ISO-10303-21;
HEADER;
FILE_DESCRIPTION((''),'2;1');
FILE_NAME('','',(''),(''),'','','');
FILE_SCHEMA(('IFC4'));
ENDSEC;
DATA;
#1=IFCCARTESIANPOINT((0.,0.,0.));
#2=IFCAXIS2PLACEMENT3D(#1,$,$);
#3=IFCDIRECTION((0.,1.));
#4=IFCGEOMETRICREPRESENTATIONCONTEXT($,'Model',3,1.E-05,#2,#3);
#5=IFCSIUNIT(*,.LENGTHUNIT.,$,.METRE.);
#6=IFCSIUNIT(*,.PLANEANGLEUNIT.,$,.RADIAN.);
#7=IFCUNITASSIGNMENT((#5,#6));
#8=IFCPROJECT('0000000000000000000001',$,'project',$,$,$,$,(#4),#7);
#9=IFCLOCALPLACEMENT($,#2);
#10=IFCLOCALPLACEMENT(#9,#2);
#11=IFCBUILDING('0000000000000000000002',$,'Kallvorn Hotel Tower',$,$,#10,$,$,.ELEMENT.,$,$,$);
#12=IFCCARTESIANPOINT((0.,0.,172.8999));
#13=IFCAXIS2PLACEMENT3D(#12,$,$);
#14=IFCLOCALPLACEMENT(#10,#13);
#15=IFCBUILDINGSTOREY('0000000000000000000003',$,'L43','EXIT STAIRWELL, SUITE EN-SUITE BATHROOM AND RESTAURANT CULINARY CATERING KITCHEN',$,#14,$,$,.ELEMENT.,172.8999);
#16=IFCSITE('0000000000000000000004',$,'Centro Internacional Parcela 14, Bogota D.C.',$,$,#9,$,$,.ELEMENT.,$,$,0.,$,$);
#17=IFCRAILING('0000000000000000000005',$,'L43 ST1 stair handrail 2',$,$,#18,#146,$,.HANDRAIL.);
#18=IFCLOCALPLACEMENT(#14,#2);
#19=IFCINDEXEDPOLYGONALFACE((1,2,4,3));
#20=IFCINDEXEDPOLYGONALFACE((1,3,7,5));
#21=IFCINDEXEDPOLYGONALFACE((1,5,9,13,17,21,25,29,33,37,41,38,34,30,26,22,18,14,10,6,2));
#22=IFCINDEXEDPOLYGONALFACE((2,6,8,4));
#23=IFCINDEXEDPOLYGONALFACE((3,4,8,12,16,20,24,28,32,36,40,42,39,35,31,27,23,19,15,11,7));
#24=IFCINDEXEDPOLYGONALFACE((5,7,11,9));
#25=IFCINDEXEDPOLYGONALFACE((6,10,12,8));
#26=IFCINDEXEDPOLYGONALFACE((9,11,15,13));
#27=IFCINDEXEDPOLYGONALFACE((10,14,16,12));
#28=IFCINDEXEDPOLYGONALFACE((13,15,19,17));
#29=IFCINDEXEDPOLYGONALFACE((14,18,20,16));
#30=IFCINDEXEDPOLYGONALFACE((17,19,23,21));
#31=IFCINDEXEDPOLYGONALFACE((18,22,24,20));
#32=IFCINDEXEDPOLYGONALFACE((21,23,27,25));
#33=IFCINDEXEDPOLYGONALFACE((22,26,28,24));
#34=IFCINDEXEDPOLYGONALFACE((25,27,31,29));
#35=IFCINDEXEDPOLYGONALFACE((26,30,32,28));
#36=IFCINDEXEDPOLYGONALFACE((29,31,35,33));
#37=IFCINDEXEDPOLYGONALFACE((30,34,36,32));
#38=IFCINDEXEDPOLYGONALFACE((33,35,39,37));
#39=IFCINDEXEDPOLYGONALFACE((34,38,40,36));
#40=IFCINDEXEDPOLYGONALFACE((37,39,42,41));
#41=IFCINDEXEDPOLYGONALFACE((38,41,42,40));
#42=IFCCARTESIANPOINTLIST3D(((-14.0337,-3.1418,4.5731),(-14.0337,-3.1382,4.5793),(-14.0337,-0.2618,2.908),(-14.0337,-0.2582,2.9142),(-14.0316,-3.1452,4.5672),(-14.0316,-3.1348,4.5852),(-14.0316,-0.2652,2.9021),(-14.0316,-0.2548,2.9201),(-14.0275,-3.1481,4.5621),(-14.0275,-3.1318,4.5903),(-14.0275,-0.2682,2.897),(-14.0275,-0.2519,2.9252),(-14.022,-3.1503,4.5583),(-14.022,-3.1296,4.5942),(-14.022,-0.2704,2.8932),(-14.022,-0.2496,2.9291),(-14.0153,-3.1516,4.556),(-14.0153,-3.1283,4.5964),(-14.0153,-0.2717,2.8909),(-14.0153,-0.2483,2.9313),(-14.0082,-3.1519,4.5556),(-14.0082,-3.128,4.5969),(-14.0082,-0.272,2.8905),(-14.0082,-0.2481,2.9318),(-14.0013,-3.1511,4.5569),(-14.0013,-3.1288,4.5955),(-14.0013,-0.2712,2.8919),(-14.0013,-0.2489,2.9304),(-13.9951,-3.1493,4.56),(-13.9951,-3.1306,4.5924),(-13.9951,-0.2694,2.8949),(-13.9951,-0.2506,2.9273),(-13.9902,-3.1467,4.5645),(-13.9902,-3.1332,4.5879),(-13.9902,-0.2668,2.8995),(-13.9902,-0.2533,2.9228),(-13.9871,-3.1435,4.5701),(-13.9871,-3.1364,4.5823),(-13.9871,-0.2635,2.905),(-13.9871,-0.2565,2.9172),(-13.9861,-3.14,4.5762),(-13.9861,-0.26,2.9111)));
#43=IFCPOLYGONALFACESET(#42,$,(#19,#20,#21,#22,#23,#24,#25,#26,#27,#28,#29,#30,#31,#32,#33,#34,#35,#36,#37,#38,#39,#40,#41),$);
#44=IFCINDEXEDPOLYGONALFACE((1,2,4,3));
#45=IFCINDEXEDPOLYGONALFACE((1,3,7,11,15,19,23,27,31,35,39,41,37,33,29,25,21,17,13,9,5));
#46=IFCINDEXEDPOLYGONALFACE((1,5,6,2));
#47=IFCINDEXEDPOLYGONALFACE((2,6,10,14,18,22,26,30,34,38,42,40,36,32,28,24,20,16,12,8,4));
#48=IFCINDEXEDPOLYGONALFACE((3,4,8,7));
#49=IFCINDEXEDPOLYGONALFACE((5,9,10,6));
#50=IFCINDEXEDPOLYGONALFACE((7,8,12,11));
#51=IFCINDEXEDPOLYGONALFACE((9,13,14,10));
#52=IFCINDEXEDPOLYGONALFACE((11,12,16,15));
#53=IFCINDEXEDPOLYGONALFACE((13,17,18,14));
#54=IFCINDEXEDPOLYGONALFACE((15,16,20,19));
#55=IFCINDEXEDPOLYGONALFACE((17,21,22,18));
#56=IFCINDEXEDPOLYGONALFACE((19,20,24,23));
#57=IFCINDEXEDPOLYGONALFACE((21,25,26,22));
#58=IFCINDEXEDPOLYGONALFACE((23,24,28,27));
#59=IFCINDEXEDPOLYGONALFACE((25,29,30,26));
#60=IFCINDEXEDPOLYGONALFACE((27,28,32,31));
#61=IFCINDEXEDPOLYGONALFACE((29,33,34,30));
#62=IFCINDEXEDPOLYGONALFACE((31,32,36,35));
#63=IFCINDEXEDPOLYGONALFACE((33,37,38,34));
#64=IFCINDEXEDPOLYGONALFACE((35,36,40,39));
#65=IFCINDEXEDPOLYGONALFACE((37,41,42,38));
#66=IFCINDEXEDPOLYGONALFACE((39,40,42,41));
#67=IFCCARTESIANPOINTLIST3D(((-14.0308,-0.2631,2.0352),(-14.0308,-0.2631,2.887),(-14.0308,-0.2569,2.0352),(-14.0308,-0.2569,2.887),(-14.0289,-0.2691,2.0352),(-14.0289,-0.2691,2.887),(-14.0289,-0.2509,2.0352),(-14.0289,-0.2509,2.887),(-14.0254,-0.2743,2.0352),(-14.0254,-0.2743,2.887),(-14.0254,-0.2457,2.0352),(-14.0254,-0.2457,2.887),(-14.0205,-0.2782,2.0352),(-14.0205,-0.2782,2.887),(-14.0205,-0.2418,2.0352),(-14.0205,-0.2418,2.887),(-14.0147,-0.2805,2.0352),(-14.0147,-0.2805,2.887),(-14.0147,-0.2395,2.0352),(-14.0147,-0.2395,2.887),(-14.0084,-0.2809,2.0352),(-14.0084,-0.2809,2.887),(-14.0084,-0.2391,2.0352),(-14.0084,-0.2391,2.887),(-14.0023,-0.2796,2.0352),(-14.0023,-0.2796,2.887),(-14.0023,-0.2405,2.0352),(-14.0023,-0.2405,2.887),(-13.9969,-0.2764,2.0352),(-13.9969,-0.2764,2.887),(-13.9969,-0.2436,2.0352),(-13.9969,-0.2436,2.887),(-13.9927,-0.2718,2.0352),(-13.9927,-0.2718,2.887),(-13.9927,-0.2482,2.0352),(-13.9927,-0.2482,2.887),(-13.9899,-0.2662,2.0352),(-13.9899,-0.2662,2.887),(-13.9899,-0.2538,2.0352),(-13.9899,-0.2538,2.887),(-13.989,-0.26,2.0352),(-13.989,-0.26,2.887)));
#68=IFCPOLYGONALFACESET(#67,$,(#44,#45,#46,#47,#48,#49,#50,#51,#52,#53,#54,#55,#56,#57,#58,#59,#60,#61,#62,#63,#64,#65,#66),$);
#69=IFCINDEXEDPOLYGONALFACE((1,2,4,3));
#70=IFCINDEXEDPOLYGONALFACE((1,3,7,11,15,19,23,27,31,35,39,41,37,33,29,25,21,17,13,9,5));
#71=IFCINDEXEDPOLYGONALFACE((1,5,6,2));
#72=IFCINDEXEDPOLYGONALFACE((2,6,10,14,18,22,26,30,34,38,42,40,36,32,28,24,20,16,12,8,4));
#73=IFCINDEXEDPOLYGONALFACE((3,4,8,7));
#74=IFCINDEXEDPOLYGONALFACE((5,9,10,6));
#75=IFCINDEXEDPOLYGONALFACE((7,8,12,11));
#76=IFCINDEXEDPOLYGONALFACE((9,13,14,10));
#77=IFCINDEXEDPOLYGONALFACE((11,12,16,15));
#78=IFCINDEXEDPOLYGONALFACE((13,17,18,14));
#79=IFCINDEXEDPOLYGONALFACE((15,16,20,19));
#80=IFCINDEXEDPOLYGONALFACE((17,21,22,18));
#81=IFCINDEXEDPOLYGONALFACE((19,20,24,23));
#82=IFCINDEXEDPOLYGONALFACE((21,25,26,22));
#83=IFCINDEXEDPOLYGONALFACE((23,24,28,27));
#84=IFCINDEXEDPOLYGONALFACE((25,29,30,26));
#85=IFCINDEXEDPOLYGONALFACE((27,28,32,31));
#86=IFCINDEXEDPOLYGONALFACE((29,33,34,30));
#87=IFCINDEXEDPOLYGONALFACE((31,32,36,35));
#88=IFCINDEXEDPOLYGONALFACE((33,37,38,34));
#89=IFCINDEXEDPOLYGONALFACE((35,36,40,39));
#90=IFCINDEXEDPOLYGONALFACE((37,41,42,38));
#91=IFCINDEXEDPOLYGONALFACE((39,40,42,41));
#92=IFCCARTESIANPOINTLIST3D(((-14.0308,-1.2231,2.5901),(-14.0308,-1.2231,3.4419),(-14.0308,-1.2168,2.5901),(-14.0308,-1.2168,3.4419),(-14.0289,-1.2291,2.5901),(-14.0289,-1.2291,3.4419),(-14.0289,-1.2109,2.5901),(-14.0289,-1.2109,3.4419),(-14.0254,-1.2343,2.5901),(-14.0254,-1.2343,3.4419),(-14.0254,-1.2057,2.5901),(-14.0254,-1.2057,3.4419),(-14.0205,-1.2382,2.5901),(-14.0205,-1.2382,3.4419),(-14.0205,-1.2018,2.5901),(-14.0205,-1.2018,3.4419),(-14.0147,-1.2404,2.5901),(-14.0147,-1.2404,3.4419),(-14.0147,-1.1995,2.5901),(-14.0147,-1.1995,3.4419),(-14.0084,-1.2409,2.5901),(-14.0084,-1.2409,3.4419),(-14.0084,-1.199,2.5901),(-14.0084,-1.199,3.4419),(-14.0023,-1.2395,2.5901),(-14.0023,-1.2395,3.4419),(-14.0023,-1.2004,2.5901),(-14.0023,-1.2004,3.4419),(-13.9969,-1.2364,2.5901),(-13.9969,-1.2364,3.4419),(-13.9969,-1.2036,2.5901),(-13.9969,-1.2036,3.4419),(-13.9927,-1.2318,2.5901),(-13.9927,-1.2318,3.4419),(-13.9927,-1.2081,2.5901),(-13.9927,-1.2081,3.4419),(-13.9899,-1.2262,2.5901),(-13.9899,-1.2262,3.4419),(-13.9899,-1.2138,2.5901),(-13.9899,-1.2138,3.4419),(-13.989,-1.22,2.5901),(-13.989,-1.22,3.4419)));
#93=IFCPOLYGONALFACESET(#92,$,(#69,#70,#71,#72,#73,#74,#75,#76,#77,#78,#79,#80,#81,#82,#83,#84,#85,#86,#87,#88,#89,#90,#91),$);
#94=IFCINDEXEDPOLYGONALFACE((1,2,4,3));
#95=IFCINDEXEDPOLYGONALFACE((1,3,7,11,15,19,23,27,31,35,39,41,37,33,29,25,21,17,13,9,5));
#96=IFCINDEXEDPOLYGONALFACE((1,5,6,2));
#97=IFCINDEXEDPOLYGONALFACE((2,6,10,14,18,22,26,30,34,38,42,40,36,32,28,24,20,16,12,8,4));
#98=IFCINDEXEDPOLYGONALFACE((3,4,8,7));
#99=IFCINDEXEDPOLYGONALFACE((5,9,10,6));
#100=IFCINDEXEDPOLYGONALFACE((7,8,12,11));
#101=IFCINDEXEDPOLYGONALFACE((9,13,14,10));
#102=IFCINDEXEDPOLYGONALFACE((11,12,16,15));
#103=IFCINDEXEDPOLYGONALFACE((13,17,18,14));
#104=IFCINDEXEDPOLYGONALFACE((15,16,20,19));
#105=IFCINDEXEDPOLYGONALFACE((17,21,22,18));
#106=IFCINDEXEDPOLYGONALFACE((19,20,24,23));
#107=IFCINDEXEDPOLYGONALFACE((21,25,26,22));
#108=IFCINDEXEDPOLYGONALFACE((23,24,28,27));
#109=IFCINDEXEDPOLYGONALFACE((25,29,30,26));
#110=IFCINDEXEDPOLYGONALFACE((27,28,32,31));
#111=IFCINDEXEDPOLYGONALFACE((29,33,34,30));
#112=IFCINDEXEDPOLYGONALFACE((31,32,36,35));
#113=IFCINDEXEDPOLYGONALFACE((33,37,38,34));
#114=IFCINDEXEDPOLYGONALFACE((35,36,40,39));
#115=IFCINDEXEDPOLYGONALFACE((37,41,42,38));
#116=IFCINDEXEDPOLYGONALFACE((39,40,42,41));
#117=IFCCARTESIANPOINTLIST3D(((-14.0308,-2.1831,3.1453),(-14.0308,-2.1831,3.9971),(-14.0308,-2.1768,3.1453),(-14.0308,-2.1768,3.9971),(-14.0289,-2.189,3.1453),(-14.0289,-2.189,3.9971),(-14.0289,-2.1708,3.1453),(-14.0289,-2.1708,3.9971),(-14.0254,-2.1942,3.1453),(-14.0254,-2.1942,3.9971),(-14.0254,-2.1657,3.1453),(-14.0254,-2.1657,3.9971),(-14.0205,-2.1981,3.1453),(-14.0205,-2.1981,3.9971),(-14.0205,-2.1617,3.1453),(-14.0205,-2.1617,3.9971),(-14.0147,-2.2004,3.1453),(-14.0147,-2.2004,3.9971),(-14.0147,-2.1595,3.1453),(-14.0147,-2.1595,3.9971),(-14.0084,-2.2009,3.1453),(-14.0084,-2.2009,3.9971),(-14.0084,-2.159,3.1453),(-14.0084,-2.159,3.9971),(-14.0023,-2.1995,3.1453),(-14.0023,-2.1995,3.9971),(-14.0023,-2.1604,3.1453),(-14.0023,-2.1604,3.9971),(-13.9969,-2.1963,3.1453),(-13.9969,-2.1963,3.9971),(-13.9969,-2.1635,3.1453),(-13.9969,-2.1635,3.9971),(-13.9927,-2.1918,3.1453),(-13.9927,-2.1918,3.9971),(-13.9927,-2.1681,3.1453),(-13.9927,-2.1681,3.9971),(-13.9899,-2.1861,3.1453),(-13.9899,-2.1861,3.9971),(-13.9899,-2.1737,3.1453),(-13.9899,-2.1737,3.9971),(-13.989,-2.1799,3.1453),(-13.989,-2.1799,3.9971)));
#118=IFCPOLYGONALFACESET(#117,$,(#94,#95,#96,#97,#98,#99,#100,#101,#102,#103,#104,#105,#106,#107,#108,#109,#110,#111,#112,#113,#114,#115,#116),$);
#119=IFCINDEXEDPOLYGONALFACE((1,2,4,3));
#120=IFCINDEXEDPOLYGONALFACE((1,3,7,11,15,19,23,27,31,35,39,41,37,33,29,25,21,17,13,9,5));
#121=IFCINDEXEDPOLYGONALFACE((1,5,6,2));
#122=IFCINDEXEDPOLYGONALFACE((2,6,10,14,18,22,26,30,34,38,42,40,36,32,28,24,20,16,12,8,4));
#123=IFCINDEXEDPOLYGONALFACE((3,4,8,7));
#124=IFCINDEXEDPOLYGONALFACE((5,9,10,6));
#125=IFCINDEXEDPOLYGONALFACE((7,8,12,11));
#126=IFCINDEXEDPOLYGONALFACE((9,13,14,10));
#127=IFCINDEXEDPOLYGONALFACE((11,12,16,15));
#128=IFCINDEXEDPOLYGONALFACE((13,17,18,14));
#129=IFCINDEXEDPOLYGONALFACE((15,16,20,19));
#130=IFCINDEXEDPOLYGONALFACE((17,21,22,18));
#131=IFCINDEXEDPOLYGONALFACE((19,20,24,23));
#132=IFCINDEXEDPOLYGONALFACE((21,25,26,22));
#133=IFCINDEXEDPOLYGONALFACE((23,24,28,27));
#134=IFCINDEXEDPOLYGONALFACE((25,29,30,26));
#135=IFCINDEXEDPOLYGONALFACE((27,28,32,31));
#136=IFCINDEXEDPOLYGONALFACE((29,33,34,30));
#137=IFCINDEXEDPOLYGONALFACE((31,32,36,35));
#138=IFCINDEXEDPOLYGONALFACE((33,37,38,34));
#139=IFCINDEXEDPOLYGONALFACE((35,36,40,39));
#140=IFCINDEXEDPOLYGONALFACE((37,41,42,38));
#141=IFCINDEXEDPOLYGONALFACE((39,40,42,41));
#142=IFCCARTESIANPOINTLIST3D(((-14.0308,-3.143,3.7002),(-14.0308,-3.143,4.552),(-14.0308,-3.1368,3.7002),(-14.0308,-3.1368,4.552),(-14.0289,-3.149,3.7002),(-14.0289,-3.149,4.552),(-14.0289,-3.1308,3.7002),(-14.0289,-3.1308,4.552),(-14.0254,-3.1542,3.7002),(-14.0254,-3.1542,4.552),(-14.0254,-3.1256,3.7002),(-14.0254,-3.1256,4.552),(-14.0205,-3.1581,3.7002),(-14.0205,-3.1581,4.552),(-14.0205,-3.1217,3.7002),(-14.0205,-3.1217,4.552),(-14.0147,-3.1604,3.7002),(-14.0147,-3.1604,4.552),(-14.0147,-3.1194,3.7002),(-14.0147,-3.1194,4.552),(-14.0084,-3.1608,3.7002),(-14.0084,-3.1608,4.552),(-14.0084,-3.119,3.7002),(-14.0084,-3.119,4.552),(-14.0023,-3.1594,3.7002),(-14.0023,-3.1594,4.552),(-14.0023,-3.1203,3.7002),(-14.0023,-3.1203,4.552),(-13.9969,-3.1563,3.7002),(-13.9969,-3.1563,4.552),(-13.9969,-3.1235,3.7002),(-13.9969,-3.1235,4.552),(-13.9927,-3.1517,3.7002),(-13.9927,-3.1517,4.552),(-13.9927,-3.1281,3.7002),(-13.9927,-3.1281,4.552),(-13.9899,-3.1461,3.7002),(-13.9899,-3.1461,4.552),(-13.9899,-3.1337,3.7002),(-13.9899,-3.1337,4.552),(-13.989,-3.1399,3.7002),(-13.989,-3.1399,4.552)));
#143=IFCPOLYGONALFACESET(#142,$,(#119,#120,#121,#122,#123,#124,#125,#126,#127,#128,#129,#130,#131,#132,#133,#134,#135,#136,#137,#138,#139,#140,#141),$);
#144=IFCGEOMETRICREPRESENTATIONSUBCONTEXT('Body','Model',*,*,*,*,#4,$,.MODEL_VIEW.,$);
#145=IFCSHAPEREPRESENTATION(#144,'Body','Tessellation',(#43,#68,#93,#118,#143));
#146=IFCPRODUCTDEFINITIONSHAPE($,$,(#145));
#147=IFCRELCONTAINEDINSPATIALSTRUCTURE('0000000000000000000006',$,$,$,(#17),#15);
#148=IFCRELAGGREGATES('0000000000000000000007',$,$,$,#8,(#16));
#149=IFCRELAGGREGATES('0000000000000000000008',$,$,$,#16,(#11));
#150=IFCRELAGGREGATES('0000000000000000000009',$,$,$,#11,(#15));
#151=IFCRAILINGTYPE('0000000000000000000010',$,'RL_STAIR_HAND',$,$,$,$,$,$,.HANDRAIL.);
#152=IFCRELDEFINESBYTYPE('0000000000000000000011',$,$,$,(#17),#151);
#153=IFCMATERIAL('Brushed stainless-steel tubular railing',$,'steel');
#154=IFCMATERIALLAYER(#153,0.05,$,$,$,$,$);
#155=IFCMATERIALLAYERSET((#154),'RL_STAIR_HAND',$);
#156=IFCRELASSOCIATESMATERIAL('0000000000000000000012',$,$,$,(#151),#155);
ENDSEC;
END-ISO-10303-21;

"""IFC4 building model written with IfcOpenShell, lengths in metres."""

from ifc_helpers import new_model, si_unit, direction, frame, origin, origin_2d, place, context, subcontext, project, spatial, circle, extrude, material, layer, layer_set, type_object, element, save


model = new_model("IFC4")

# Units and contexts
model_context = context("Model", 3, precision=1e-05, world=origin(), true_north=direction((0.0, 1.0)))
body_context = subcontext(model_context, "Body", "Model", "MODEL_VIEW")
ifc_project = project(units=[si_unit("LENGTHUNIT", "METRE"), si_unit("PLANEANGLEUNIT", "RADIAN")], contexts=[model_context])

# Site, building, storey
site_placement = place(None, origin())
site = spatial("IfcSite", under=ifc_project, at=site_placement, Name="Centro Internacional Parcela 14, Bogota D.C.", CompositionType="ELEMENT", RefElevation=0.0)
building_placement = place(site_placement, origin())
building = spatial("IfcBuilding", under=site, at=building_placement, Name="Kallvorn Hotel Tower", CompositionType="ELEMENT")
storey_placement = place(building_placement, frame((0.0, 0.0, 172.8999)))
storey = spatial("IfcBuildingStorey", under=building, at=storey_placement, Name="L43", Description="EXIT STAIRWELL, SUITE EN-SUITE BATHROOM AND RESTAURANT CULINARY CATERING KITCHEN", CompositionType="ELEMENT", Elevation=172.8999)

# Railing
ifc_material_1 = material(Name="Brushed stainless-steel tubular railing", Category="steel")
ifc_layer_1 = layer(ifc_material_1, 0.05)
ifc_layer_set_1 = layer_set([ifc_layer_1], Name="RL_STAIR_HAND")
railing_type_1 = type_object("IfcRailingType", Name="RL_STAIR_HAND", PredefinedType="HANDRAIL", material=ifc_layer_set_1)
railing_1_placement = place(storey_placement, frame((-14.01, -0.26, 2.0352)))
element("IfcRailing", 1, at=railing_1_placement, inside=storey, type_object=railing_type_1, Name="L43 ST1 stair handrail 2", PredefinedType="HANDRAIL", context=body_context, shape_type="SweptSolid", body=[
    extrude(circle(Radius=0.0239, at=origin_2d()), frame((0.0, 0.0, 0.876), z_axis=(0.0, -0.865721, 0.500527), x_axis=(1.0, 0.0, 0.0)), (0.0, 0.0, 1.0), 3.3267),
    extrude(circle(Radius=0.021, at=origin_2d()), origin(), (0.0, 0.0, 1.0), 0.8518),
    extrude(circle(Radius=0.021, at=origin_2d()), frame((0.0, -0.96, 0.5549)), (0.0, 0.0, 1.0), 0.8518),
    extrude(circle(Radius=0.021, at=origin_2d()), frame((0.0, -1.9199, 1.1101)), (0.0, 0.0, 1.0), 0.8518),
    extrude(circle(Radius=0.021, at=origin_2d()), frame((0.0, -2.8799, 1.665)), (0.0, 0.0, 1.0), 0.8518),
])

save(model, "model.ifc")
